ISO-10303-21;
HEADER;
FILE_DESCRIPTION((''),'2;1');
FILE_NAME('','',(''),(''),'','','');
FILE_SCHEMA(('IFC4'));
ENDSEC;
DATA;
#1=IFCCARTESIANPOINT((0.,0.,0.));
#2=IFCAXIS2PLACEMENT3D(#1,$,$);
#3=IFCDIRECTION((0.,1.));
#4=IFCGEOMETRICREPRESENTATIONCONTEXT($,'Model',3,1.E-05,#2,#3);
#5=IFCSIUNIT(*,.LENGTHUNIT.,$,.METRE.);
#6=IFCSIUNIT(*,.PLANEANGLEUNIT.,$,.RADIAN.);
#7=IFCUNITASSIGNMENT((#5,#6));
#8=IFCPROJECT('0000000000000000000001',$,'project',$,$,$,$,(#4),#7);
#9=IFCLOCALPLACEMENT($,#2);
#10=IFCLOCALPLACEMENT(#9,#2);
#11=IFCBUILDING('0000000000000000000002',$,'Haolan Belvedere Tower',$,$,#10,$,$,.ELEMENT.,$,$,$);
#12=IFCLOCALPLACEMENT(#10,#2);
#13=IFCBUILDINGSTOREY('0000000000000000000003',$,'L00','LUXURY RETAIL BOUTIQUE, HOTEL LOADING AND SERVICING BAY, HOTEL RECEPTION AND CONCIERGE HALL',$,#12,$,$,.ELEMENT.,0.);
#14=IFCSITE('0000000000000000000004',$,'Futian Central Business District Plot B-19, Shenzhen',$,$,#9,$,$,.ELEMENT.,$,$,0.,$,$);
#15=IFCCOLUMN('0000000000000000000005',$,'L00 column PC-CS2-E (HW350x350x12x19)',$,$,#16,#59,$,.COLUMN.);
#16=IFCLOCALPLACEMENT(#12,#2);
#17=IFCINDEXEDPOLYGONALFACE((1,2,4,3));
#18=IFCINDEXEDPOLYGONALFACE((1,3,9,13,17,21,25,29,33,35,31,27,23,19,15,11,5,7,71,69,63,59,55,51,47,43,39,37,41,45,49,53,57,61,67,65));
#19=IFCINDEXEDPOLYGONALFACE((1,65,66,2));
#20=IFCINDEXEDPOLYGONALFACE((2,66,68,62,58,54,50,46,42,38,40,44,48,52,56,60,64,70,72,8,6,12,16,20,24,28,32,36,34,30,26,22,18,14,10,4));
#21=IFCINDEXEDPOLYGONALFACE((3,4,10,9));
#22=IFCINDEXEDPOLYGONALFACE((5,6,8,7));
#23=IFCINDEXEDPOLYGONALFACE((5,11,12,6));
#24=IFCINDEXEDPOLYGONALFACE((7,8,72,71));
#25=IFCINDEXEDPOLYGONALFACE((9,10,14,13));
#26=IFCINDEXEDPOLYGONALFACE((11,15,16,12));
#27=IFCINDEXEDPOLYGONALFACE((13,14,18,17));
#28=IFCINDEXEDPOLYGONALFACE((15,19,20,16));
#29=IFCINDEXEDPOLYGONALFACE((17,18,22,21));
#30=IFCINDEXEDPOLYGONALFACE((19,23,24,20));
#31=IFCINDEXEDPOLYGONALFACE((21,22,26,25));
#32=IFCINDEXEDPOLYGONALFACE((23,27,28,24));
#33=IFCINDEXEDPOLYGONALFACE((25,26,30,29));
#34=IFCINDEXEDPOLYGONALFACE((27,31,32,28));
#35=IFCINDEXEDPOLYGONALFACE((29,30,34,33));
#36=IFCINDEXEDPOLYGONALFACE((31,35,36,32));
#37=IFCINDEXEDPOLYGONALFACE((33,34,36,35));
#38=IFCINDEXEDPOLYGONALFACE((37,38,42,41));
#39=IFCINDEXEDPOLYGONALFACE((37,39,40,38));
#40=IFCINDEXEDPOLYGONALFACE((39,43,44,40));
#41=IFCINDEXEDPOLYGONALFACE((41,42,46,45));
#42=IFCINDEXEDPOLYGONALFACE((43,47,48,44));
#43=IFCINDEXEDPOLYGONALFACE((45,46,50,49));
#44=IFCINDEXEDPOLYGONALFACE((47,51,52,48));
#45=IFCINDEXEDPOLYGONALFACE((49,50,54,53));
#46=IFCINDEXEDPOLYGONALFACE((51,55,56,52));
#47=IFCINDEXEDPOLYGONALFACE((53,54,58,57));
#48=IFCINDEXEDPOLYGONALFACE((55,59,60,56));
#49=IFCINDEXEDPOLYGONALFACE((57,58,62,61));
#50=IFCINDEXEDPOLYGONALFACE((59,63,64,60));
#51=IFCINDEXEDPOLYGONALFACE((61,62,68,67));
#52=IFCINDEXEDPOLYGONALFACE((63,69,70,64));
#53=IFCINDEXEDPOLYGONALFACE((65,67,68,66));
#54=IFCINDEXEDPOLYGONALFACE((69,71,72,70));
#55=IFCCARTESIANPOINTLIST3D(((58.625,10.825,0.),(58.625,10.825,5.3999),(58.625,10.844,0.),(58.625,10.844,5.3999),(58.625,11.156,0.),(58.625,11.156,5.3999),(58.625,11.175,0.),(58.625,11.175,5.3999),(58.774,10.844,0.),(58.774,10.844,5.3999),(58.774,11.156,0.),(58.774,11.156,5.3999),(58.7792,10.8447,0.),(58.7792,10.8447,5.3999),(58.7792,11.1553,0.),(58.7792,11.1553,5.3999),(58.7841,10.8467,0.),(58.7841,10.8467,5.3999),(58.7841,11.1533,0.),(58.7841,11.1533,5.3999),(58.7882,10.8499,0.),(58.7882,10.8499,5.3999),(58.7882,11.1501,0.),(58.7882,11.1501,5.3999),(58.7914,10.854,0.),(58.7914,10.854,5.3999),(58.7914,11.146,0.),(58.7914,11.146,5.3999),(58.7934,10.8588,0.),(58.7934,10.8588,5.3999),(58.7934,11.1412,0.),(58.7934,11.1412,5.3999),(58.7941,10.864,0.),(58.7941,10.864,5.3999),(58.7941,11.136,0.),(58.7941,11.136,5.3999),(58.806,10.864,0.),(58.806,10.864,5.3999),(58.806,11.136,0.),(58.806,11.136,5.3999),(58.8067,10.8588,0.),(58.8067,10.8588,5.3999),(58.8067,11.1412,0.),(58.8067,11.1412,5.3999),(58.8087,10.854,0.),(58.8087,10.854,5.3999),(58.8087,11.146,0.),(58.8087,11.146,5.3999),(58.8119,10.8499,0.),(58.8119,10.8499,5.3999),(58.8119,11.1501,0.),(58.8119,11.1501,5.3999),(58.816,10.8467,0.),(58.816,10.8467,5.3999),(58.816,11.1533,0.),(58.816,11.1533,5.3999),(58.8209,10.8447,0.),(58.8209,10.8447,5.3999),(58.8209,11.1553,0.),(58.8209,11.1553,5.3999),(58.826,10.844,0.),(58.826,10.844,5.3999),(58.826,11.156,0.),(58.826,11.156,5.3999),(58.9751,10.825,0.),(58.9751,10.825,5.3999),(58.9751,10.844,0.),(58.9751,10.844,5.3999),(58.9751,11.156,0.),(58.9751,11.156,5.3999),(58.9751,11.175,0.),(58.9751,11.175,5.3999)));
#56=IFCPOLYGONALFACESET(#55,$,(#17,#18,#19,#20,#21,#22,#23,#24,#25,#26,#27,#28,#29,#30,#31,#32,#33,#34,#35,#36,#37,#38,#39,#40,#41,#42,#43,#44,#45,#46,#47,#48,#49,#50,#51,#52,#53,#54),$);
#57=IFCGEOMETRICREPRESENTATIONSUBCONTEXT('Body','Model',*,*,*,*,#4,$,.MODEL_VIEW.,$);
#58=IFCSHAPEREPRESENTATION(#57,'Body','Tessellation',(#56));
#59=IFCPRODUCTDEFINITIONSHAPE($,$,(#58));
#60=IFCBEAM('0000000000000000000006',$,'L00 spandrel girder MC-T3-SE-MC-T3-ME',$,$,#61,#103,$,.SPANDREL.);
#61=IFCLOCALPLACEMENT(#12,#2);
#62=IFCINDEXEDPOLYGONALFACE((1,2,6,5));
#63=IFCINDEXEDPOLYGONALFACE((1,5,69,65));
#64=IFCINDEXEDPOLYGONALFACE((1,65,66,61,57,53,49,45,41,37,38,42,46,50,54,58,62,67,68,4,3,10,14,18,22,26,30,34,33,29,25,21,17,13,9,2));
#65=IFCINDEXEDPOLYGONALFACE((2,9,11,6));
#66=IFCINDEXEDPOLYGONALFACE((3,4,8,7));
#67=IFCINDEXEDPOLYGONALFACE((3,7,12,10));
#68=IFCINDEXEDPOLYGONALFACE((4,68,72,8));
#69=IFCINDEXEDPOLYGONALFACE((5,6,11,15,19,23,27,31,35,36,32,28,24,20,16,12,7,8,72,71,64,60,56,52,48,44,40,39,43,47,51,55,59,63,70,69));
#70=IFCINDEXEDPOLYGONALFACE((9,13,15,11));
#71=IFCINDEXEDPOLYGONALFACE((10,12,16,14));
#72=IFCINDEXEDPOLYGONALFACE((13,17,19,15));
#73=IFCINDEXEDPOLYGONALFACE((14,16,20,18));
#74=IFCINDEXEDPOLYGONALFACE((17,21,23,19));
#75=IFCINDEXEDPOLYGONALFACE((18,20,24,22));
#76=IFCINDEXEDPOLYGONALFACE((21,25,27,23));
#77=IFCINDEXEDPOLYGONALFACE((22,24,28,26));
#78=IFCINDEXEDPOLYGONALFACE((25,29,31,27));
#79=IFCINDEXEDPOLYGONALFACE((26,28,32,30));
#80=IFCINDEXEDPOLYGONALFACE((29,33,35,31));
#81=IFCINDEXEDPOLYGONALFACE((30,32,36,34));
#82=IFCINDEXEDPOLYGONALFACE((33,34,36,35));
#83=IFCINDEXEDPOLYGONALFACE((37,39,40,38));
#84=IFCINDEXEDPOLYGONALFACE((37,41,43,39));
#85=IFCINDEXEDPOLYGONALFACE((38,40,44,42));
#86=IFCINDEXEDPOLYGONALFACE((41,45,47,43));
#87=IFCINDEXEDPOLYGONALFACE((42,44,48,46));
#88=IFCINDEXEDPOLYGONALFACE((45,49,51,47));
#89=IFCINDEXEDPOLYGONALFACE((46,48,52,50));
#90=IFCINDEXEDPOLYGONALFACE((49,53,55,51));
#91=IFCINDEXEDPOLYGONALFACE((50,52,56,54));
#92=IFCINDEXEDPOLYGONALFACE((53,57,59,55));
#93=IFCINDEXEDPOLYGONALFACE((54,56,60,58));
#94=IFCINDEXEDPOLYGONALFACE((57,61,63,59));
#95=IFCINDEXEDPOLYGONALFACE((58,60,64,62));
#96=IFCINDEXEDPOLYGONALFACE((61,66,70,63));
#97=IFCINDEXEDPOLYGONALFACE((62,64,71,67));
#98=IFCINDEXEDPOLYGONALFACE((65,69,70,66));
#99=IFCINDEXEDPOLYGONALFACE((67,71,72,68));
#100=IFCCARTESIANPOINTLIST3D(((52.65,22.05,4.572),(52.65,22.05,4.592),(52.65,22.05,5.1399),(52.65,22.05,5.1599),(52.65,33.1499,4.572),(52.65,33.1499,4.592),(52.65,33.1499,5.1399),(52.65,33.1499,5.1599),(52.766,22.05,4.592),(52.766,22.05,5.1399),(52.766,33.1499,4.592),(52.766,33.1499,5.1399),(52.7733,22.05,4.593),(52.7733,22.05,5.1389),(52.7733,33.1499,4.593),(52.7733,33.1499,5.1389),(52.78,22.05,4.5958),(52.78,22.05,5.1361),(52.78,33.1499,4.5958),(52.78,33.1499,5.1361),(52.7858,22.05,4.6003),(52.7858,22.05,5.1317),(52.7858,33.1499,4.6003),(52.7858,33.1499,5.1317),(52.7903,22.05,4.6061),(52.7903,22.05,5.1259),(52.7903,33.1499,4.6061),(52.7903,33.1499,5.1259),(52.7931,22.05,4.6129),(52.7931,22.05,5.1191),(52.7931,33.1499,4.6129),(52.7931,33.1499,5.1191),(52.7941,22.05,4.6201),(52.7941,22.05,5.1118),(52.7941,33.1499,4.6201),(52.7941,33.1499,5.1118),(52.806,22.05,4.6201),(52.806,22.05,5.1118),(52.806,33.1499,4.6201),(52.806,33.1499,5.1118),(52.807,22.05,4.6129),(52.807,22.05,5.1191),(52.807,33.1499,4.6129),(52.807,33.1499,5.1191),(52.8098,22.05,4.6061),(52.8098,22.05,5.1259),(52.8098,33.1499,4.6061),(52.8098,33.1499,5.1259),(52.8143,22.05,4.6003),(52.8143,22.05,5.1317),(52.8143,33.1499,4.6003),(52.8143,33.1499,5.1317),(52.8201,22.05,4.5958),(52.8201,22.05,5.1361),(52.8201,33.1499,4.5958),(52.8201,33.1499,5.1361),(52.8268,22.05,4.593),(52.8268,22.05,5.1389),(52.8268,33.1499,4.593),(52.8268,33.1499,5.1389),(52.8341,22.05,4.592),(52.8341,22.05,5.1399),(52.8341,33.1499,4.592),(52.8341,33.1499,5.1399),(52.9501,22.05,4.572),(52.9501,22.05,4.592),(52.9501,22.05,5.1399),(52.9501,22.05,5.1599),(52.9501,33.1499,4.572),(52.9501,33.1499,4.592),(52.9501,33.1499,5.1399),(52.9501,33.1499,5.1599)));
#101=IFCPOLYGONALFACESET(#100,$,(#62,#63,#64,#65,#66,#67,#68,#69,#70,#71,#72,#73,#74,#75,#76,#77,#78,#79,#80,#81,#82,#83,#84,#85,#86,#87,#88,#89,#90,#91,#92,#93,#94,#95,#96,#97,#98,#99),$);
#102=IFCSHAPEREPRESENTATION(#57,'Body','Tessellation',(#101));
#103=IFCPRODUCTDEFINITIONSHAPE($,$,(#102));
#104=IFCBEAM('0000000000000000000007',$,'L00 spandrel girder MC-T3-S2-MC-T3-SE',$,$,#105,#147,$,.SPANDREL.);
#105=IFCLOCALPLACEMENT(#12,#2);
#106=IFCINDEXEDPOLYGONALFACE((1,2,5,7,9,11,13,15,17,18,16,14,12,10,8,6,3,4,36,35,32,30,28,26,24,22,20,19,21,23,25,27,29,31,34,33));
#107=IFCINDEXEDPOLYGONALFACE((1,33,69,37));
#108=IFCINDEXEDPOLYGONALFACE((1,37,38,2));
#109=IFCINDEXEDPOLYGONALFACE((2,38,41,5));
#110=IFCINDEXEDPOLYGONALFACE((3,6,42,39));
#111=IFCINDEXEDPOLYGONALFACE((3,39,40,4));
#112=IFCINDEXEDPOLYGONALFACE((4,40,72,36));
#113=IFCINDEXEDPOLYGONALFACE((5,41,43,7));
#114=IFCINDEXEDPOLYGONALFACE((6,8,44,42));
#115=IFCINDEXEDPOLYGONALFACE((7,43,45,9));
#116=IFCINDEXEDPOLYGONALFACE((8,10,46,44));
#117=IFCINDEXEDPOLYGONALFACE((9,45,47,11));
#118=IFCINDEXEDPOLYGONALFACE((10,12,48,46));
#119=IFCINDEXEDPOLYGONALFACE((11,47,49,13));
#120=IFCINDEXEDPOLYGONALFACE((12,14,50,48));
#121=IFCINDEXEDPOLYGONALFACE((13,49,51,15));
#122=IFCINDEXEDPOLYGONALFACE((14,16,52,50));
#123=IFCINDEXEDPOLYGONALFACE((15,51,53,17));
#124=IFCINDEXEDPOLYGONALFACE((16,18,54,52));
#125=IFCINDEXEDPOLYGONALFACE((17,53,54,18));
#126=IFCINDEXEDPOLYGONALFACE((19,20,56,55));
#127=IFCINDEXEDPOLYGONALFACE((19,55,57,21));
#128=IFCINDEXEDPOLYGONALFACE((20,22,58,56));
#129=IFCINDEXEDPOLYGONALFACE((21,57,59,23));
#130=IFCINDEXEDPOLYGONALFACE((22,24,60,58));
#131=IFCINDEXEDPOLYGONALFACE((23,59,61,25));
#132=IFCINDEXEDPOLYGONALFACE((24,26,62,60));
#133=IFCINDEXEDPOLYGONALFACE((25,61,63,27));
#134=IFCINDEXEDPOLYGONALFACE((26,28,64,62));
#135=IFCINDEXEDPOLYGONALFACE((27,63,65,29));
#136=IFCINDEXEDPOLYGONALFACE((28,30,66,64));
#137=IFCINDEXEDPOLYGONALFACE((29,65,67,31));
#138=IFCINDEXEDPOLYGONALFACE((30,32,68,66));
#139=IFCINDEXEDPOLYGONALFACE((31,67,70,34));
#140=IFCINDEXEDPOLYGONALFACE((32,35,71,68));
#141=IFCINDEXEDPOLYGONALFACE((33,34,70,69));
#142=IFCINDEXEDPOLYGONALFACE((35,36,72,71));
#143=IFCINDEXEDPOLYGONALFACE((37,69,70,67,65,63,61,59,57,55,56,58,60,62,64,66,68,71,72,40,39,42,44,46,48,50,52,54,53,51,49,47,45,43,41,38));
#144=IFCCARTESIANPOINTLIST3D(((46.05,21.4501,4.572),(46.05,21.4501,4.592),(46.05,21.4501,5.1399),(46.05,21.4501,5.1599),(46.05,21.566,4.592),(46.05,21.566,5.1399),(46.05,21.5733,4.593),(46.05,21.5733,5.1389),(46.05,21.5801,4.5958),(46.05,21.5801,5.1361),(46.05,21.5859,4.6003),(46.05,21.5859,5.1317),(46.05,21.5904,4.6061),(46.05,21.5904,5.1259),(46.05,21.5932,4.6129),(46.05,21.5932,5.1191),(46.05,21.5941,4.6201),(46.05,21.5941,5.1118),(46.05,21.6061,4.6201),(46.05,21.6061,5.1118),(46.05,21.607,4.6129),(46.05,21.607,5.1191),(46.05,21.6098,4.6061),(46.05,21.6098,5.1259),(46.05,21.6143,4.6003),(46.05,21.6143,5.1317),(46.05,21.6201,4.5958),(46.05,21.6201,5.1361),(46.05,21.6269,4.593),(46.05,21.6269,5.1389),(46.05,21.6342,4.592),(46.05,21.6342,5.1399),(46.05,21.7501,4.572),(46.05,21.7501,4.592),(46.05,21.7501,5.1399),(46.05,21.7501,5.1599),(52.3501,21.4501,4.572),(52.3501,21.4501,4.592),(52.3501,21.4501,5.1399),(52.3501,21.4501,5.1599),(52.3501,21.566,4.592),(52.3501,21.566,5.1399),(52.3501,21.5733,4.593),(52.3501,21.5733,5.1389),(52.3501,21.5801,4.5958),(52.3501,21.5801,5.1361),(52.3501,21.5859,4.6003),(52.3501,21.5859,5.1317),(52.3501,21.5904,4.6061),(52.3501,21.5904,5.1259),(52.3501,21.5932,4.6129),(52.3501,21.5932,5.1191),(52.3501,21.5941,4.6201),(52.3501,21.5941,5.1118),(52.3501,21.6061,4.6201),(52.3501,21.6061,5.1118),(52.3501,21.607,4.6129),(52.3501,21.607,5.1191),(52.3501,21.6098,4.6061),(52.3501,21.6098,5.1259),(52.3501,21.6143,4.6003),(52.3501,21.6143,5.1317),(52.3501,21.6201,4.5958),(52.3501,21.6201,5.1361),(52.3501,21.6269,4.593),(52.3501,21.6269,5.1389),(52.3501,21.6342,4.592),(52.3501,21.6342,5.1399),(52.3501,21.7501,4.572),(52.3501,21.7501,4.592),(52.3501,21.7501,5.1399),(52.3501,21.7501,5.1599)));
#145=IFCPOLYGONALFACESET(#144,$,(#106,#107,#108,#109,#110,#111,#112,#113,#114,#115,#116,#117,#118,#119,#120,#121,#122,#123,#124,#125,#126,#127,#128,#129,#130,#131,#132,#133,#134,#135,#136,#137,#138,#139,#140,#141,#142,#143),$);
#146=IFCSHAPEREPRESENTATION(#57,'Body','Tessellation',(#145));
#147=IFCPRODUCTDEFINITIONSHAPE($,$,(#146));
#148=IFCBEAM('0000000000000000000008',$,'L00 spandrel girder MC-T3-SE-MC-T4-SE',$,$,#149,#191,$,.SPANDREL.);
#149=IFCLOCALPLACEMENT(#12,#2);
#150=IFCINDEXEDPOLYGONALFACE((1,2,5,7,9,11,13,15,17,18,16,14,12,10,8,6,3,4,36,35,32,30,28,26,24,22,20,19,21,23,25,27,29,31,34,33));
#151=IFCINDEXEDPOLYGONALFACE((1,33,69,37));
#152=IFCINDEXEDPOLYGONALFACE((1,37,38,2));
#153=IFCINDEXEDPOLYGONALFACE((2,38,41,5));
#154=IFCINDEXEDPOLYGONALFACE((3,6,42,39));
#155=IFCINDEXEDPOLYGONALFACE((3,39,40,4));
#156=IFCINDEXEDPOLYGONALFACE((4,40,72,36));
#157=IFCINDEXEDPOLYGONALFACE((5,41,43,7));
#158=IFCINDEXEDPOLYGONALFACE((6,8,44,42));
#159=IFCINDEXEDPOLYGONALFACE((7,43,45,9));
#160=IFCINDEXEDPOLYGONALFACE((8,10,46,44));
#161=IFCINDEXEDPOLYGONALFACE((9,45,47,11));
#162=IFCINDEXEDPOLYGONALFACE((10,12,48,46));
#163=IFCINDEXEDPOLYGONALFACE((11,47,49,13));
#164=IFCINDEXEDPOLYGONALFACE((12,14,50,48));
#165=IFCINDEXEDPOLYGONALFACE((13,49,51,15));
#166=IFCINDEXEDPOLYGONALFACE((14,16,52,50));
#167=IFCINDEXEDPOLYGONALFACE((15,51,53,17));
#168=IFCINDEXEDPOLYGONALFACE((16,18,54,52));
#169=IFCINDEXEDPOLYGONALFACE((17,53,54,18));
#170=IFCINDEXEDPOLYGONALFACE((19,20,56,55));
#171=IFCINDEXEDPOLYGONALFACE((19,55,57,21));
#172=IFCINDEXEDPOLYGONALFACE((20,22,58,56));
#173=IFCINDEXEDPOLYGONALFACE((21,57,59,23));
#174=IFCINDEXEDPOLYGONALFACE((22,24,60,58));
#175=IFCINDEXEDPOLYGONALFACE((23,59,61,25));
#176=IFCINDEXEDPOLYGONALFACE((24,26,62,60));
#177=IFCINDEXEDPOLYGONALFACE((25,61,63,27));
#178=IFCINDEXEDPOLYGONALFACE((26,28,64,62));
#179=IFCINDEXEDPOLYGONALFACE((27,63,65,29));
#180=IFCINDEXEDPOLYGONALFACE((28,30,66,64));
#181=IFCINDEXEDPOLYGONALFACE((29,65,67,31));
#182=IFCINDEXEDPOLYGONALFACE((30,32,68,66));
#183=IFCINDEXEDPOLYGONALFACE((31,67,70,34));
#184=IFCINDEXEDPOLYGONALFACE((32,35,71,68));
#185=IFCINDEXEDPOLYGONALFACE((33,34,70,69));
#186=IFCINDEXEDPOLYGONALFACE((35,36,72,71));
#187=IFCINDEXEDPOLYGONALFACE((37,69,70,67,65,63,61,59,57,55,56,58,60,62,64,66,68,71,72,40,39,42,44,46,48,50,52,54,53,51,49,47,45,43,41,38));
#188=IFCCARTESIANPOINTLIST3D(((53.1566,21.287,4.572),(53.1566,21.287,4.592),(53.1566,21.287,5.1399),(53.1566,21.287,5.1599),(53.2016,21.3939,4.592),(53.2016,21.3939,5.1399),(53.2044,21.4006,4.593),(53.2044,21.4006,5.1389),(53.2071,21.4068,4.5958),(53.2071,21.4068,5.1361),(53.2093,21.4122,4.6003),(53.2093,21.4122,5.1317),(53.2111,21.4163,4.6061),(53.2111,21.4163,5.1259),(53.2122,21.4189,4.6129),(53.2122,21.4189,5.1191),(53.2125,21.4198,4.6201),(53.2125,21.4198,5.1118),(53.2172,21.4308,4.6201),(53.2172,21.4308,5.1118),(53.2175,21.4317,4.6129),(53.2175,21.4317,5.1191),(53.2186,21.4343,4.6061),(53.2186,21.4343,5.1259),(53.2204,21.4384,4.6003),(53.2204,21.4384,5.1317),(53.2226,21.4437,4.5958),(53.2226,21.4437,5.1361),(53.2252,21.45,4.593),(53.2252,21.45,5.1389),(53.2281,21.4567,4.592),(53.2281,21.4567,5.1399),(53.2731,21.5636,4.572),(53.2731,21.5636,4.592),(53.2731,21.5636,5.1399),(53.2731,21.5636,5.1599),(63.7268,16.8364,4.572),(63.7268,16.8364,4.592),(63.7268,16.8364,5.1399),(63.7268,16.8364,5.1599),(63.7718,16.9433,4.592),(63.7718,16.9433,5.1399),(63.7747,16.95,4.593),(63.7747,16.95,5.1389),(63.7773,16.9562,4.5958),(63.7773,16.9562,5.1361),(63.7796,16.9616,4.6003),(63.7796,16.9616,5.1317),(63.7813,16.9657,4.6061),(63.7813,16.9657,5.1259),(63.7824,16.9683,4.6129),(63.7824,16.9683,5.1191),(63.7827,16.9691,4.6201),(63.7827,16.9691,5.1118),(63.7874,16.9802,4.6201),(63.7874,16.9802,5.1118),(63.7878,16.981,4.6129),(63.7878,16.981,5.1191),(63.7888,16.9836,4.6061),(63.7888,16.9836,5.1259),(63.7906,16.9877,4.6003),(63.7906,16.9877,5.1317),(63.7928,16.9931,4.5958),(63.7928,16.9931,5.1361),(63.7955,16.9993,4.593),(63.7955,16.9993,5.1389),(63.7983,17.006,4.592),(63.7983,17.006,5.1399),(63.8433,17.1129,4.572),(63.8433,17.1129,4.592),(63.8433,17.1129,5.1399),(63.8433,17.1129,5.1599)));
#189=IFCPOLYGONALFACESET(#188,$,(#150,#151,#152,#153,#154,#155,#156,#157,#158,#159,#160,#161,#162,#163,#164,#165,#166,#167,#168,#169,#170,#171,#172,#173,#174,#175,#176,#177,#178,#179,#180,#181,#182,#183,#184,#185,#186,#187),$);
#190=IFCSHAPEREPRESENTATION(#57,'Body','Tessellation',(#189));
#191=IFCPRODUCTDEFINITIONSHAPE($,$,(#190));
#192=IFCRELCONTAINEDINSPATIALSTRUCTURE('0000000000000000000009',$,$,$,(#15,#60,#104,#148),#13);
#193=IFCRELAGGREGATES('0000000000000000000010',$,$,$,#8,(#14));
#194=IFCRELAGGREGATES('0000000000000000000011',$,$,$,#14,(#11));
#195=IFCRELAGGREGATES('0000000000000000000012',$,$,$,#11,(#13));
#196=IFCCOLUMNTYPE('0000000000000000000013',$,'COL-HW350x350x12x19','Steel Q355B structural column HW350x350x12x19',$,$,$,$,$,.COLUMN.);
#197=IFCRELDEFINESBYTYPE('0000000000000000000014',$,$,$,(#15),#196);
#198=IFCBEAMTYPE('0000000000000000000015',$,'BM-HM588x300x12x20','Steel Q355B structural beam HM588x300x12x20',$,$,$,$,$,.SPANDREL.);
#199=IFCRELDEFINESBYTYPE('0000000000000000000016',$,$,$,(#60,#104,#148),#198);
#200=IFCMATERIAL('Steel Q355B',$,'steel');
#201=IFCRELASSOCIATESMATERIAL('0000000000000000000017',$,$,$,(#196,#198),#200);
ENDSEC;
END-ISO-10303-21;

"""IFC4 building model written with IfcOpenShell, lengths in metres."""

from ifc_helpers import new_model, si_unit, direction, frame, origin, origin_2d, place, context, subcontext, project, spatial, i_section, extrude, material, material_profile, profile_set, type_object, element, save


model = new_model("IFC4")

# Units and contexts
model_context = context("Model", 3, precision=1e-05, world=origin(), true_north=direction((0.0, 1.0)))
body_context = subcontext(model_context, "Body", "Model", "MODEL_VIEW")
ifc_project = project(units=[si_unit("LENGTHUNIT", "METRE"), si_unit("PLANEANGLEUNIT", "RADIAN")], contexts=[model_context])

# Site, building, storey
site_placement = place(None, origin())
site = spatial("IfcSite", under=ifc_project, at=site_placement, Name="Futian Central Business District Plot B-19, Shenzhen", CompositionType="ELEMENT", RefElevation=0.0)
building_placement = place(site_placement, origin())
building = spatial("IfcBuilding", under=site, at=building_placement, Name="Haolan Belvedere Tower", CompositionType="ELEMENT")
storey_placement = place(building_placement, origin())
storey = spatial("IfcBuildingStorey", under=building, at=storey_placement, Name="L00", Description="LUXURY RETAIL BOUTIQUE, HOTEL LOADING AND SERVICING BAY, HOTEL RECEPTION AND CONCIERGE HALL", CompositionType="ELEMENT", Elevation=0.0)

# Column
ifc_material_1 = material(Name="Steel Q355B", Category="steel")
ifc_material_profile_1 = material_profile(ifc_material_1, i_section(OverallWidth=0.3501, OverallDepth=0.3501, WebThickness=0.012, FlangeThickness=0.019, FilletRadius=0.02, at=origin_2d()), Name="Steel Q355B")
ifc_profile_set_1 = profile_set([ifc_material_profile_1], Name="Steel Q355B")
column_type_1 = type_object("IfcColumnType", Name="COL-HW350x350x12x19", Description="Steel Q355B structural column HW350x350x12x19", PredefinedType="COLUMN", material=ifc_profile_set_1)
for number, where, z_axis, x_axis, name in (
    (1, (58.8, 11.0, 0.0), (0.0, 0.0, 1.0), (1.0, 0.0, 0.0), "L00 column PC-CS2-E (HW350x350x12x19)"),
):
    element("IfcColumn", number, at=place(storey_placement, frame(where, z_axis=z_axis, x_axis=x_axis)), inside=storey, type_object=column_type_1, Name=name, PredefinedType="COLUMN", context=body_context, shape_type="SweptSolid", body=[
        extrude(i_section(OverallWidth=0.3501, OverallDepth=0.3501, WebThickness=0.012, FlangeThickness=0.019, FilletRadius=0.02, at=origin_2d()), origin(), (0.0, 0.0, 1.0), 5.3999),
    ])

# Beams
ifc_material_profile_2 = material_profile(ifc_material_1, i_section(OverallWidth=0.3, OverallDepth=0.5879, WebThickness=0.012, FlangeThickness=0.02, FilletRadius=0.0281, at=origin_2d()), Name="Steel Q355B")
ifc_profile_set_2 = profile_set([ifc_material_profile_2], Name="Steel Q355B")
beam_type_1 = type_object("IfcBeamType", Name="BM-HM588x300x12x20", Description="Steel Q355B structural beam HM588x300x12x20", PredefinedType="SPANDREL", material=ifc_profile_set_2)
beam_1_placement = place(storey_placement, frame((52.8, 22.05, 4.866), z_axis=(0.0, 1.0, 0.0), x_axis=(-1.0, 0.0, 0.0)))
element("IfcBeam", 2, at=beam_1_placement, inside=storey, type_object=beam_type_1, Name="L00 spandrel girder MC-T3-SE-MC-T3-ME", PredefinedType="SPANDREL", context=body_context, shape_type="SweptSolid", body=[
    extrude(i_section(OverallWidth=0.3, OverallDepth=0.5879, WebThickness=0.012, FlangeThickness=0.02, FilletRadius=0.0281, at=origin_2d()), origin(), (0.0, 0.0, 1.0), 11.0999),
])
beam_2_placement = place(storey_placement, frame((46.05, 21.6001, 4.866), z_axis=(1.0, 0.0, 0.0), x_axis=(0.0, 1.0, 0.0)))
element("IfcBeam", 3, at=beam_2_placement, inside=storey, type_object=beam_type_1, Name="L00 spandrel girder MC-T3-S2-MC-T3-SE", PredefinedType="SPANDREL", context=body_context, shape_type="SweptSolid", body=[
    extrude(i_section(OverallWidth=0.3, OverallDepth=0.5879, WebThickness=0.012, FlangeThickness=0.02, FilletRadius=0.0281, at=origin_2d()), origin(), (0.0, 0.0, 1.0), 6.3),
])
beam_3_placement = place(storey_placement, frame((53.2148, 21.4253, 4.866), z_axis=(0.921635, -0.388059, 0.0), x_axis=(0.388059, 0.921635, 0.0)))
element("IfcBeam", 4, at=beam_3_placement, inside=storey, type_object=beam_type_1, Name="L00 spandrel girder MC-T3-SE-MC-T4-SE", PredefinedType="SPANDREL", context=body_context, shape_type="SweptSolid", body=[
    extrude(i_section(OverallWidth=0.3, OverallDepth=0.5879, WebThickness=0.012, FlangeThickness=0.02, FilletRadius=0.0281, at=origin_2d()), origin(), (0.0, 0.0, 1.0), 11.469),
])

save(model, "model.ifc")
